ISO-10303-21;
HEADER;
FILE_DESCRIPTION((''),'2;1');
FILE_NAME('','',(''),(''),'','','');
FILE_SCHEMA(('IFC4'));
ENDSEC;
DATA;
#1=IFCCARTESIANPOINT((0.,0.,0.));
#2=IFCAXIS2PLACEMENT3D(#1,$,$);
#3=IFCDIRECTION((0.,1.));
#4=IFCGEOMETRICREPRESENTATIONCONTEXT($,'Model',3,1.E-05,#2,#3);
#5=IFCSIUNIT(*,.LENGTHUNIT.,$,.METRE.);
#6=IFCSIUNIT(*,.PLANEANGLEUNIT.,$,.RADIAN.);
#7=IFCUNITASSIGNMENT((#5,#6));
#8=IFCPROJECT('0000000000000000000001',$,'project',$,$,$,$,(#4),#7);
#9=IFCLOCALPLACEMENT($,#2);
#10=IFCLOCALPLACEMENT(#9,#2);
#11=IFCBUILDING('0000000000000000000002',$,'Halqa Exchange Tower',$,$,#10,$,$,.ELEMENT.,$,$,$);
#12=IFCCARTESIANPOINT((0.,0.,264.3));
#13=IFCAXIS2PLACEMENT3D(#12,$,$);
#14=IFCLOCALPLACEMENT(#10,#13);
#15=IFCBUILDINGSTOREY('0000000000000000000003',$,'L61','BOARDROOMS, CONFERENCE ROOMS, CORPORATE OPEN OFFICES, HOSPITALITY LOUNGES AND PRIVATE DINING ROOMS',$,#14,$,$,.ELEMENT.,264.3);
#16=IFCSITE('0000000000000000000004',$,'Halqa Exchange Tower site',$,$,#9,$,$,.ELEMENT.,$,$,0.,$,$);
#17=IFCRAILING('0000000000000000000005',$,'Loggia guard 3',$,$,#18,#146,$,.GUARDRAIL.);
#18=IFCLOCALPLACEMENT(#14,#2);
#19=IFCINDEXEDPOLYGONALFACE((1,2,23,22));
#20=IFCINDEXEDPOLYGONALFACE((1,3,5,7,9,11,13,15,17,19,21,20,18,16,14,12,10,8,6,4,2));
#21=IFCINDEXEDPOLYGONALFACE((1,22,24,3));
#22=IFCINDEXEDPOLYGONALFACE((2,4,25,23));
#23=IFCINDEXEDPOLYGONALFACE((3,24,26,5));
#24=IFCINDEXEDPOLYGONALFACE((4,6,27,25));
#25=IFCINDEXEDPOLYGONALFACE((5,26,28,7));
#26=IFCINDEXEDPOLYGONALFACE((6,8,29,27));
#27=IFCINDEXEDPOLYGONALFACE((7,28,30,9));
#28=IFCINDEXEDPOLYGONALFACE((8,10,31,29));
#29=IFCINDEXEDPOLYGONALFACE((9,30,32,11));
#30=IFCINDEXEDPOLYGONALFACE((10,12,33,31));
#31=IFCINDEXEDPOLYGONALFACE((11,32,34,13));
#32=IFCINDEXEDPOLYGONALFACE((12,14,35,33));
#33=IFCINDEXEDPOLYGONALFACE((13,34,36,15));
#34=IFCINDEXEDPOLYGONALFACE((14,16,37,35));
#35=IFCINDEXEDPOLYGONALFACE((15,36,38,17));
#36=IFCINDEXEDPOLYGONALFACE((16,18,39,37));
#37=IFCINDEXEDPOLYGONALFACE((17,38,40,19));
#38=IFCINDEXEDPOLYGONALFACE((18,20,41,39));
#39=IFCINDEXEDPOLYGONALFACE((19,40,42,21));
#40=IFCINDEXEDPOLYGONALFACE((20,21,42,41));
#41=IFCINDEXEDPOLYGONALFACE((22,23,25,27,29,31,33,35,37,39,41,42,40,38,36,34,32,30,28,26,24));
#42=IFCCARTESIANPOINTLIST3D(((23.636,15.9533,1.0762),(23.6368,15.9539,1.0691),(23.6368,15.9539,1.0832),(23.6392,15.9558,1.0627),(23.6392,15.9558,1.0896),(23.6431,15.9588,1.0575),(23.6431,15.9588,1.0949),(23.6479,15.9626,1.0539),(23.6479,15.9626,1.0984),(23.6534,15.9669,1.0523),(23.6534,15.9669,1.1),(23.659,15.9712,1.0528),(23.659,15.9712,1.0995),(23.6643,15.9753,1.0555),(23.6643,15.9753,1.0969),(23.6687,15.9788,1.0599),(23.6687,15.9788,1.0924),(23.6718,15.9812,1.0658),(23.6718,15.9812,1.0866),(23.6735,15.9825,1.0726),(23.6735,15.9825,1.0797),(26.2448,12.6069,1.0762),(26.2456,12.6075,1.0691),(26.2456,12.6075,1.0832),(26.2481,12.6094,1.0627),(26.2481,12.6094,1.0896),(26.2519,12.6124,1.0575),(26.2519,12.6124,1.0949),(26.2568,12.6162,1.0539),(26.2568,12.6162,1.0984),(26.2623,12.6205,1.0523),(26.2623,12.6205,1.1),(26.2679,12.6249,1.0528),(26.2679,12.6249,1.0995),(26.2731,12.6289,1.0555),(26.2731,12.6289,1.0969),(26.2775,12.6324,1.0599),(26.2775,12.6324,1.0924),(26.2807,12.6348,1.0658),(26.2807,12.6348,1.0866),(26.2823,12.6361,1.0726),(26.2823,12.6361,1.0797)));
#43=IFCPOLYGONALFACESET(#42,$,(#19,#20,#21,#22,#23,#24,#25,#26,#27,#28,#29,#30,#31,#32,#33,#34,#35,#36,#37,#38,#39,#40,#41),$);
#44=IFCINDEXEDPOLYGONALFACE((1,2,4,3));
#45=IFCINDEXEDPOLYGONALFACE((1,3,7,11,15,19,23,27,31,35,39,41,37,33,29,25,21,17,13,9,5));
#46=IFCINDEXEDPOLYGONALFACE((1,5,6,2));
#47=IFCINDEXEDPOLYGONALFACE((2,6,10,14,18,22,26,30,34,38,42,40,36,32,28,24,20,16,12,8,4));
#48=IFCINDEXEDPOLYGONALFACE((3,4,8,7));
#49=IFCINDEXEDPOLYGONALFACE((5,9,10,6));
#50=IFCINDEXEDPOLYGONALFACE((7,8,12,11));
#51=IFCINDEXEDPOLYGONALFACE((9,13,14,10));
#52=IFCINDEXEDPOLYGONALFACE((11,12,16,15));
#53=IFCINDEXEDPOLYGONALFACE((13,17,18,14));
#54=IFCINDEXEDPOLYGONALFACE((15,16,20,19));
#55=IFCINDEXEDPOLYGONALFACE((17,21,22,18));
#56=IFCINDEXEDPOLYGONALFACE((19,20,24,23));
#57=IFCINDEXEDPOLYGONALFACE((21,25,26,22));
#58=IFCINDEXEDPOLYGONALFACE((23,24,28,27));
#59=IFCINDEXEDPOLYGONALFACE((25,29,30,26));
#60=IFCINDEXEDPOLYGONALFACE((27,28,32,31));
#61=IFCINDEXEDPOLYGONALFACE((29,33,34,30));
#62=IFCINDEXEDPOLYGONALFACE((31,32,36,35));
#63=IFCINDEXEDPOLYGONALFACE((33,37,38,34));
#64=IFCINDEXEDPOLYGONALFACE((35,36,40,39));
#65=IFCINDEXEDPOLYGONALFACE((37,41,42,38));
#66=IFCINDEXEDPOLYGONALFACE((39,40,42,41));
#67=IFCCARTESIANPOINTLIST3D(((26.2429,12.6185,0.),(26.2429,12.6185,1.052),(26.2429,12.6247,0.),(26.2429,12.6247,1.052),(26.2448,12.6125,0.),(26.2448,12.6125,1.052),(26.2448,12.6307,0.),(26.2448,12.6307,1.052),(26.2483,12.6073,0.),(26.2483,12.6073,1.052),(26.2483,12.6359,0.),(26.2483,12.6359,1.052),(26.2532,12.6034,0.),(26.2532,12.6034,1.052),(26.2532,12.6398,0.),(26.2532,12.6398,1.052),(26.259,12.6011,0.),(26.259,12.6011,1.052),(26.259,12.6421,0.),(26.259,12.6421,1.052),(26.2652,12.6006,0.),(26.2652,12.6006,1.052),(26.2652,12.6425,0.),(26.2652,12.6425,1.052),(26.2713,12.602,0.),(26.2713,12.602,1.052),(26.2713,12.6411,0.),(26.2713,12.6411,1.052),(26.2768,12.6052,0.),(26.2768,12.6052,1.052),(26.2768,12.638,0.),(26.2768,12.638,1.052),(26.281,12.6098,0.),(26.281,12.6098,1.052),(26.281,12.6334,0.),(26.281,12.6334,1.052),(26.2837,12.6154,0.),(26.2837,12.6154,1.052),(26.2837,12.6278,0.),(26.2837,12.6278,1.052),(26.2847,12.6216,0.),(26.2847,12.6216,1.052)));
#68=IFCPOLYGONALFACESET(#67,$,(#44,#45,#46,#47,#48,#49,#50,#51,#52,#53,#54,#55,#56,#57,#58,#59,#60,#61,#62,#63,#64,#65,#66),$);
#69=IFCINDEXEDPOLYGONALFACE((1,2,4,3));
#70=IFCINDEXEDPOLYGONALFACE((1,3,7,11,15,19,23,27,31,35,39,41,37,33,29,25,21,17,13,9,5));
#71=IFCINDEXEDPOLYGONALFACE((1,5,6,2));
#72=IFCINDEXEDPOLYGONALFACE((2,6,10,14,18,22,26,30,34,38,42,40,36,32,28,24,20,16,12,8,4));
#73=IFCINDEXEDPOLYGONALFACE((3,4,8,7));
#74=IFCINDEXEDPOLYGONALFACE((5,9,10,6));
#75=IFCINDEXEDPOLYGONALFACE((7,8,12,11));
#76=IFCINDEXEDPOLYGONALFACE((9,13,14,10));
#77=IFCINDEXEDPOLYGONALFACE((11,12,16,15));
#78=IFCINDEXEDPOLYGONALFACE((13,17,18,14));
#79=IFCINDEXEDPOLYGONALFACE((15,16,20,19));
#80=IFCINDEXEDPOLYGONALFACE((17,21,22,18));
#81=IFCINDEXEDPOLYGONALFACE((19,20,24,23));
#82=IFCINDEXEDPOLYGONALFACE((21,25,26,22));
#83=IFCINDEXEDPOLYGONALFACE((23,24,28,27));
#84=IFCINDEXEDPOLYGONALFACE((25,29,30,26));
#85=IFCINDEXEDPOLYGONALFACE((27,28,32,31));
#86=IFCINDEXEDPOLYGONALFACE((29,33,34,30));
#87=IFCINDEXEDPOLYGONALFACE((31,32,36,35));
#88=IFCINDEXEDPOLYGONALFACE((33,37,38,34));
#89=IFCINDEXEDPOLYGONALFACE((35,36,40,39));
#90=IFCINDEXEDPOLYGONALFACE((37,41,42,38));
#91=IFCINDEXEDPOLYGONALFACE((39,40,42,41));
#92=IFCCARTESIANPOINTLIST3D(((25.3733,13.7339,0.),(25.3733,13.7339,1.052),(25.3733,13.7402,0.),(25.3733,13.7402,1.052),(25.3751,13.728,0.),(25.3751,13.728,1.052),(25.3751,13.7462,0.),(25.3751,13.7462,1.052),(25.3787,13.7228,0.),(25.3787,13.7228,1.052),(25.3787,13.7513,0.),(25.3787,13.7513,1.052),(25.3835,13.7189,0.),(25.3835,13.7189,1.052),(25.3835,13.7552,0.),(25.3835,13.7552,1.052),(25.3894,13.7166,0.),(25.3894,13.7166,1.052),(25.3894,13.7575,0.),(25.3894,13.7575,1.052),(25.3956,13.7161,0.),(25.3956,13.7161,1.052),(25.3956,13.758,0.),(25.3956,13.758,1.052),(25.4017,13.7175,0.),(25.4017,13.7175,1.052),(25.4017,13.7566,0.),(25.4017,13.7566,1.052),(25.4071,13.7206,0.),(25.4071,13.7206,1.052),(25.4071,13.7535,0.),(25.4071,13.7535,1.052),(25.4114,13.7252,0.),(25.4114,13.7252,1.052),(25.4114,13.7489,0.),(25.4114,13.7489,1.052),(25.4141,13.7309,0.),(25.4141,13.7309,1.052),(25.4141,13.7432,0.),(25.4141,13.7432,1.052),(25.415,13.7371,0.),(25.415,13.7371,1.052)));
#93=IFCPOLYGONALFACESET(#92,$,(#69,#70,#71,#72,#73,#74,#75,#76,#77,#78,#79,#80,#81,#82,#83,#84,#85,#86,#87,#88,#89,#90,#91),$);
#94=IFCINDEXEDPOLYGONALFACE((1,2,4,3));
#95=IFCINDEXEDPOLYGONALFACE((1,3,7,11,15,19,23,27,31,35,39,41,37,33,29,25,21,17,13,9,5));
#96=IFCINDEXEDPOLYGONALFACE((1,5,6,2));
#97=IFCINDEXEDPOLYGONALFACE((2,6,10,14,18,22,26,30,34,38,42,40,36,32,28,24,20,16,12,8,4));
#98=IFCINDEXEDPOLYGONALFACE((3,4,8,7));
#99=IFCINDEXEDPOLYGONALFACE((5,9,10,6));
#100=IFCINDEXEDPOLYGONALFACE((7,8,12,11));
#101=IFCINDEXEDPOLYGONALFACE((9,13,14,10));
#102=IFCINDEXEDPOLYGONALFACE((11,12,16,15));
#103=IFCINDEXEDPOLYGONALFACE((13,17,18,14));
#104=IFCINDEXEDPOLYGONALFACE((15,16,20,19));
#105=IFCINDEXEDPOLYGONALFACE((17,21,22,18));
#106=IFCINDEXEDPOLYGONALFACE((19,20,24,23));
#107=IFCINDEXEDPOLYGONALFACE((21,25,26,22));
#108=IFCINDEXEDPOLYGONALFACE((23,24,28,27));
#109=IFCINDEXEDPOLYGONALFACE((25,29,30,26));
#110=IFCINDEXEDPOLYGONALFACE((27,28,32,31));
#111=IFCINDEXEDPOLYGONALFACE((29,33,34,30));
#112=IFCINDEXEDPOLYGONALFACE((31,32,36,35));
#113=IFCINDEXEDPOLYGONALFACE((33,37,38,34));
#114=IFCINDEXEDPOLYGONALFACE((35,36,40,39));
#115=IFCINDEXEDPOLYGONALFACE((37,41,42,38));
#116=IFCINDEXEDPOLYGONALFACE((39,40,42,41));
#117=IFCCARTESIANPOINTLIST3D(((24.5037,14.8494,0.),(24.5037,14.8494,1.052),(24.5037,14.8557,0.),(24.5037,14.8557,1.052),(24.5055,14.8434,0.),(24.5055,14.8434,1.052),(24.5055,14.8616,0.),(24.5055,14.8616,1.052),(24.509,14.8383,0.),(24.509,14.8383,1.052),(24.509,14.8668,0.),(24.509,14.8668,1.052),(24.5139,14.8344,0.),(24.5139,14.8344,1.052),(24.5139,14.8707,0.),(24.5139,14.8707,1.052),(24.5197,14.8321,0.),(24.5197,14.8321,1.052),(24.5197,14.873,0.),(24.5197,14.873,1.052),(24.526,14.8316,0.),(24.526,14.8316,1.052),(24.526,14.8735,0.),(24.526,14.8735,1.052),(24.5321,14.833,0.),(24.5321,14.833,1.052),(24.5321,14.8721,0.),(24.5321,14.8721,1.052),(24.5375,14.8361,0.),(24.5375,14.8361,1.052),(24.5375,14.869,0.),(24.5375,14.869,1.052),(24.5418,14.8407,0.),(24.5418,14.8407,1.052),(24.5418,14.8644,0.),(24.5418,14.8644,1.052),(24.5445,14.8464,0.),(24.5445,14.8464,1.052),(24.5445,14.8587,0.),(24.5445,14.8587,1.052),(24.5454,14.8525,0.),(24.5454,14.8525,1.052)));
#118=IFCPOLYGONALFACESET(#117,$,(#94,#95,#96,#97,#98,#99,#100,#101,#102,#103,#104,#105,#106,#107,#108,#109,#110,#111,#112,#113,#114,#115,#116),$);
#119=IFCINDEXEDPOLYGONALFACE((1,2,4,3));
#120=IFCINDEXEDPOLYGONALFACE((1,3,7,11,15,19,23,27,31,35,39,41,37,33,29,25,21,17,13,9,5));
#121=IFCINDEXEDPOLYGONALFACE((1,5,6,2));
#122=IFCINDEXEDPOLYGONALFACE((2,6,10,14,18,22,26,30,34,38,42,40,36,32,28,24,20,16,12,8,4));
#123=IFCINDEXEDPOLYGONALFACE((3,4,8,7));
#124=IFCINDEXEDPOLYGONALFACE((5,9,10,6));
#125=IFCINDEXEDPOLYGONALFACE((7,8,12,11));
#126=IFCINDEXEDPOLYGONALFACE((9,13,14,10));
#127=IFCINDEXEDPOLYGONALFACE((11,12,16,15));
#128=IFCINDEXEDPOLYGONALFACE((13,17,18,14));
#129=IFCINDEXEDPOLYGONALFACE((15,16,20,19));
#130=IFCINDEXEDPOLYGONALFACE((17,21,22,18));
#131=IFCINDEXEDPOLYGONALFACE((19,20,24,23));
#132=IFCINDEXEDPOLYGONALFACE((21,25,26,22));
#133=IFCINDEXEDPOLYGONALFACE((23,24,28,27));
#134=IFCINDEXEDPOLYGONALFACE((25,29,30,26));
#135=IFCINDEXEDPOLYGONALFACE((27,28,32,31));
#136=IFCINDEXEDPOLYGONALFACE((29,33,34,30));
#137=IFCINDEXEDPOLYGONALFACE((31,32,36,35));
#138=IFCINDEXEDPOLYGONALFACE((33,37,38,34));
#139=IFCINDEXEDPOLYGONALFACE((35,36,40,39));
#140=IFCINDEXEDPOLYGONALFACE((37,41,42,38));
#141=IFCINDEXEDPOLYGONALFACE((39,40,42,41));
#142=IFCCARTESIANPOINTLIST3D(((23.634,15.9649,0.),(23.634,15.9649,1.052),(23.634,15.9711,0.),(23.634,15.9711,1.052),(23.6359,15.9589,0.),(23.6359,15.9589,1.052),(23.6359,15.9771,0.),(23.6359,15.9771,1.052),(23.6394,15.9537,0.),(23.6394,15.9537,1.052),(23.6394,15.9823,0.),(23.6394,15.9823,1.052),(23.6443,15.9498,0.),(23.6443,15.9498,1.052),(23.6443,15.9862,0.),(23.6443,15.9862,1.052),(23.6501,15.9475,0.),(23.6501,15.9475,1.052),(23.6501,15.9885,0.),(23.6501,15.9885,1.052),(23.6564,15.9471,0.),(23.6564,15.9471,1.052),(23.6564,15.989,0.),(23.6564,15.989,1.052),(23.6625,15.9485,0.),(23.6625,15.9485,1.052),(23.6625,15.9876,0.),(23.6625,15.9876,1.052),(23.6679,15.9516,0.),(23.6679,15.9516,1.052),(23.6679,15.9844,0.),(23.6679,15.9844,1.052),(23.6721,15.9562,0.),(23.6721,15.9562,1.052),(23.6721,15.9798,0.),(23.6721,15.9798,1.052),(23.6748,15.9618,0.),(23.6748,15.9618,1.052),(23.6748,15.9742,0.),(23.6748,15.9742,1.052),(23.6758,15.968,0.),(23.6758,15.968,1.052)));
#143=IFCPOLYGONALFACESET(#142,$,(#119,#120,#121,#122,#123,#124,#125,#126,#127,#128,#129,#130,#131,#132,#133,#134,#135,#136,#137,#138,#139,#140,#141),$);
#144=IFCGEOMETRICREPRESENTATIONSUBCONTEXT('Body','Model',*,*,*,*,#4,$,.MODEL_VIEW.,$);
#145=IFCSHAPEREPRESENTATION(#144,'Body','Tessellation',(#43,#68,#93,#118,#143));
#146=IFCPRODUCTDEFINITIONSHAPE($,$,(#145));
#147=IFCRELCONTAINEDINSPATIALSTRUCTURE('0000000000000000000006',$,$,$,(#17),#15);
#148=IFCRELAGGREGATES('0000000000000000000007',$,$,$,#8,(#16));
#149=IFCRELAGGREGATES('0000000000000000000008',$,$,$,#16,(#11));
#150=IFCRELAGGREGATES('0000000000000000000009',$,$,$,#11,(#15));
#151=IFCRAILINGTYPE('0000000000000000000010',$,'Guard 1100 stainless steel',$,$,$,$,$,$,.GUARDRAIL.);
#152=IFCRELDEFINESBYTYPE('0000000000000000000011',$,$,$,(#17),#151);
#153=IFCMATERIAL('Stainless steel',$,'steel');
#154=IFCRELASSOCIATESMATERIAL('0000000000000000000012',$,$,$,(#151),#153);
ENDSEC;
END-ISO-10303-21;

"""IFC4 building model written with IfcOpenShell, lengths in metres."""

from ifc_helpers import new_model, si_unit, direction, frame, origin, origin_2d, place, context, subcontext, project, spatial, circle, extrude, material, type_object, element, save


model = new_model("IFC4")

# Units and contexts
model_context = context("Model", 3, precision=1e-05, world=origin(), true_north=direction((0.0, 1.0)))
body_context = subcontext(model_context, "Body", "Model", "MODEL_VIEW")
ifc_project = project(units=[si_unit("LENGTHUNIT", "METRE"), si_unit("PLANEANGLEUNIT", "RADIAN")], contexts=[model_context])

# Site, building, storey
site_placement = place(None, origin())
site = spatial("IfcSite", under=ifc_project, at=site_placement, Name="Halqa Exchange Tower site", CompositionType="ELEMENT", RefElevation=0.0)
building_placement = place(site_placement, origin())
building = spatial("IfcBuilding", under=site, at=building_placement, Name="Halqa Exchange Tower", CompositionType="ELEMENT")
storey_placement = place(building_placement, frame((0.0, 0.0, 264.3)))
storey = spatial("IfcBuildingStorey", under=building, at=storey_placement, Name="L61", Description="BOARDROOMS, CONFERENCE ROOMS, CORPORATE OPEN OFFICES, HOSPITALITY LOUNGES AND PRIVATE DINING ROOMS", CompositionType="ELEMENT", Elevation=264.3)

# Railing
ifc_material_1 = material(Name="Stainless steel", Category="steel")
railing_type = type_object("IfcRailingType", Name="Guard 1100 stainless steel", PredefinedType="GUARDRAIL", material=ifc_material_1)
railing_1_placement = place(storey_placement, frame((26.2637, 12.6216, 0.0)))
element("IfcRailing", 1, at=railing_1_placement, inside=storey, type_object=railing_type, Name="Loggia guard 3", PredefinedType="GUARDRAIL", context=body_context, shape_type="SweptSolid", body=[
    extrude(circle(Radius=0.0239, at=origin_2d()), frame((0.0, 0.0, 1.0762), z_axis=(-0.614836, 0.788655, 0.0), x_axis=(-0.788655, -0.614836, 0.0)), (0.0, 0.0, 1.0), 4.2432),
    extrude(circle(Radius=0.021, at=origin_2d()), origin(), (0.0, 0.0, 1.0), 1.052),
    extrude(circle(Radius=0.021, at=origin_2d()), frame((-0.8696, 1.1155, 0.0)), (0.0, 0.0, 1.0), 1.052),
    extrude(circle(Radius=0.021, at=origin_2d()), frame((-1.7393, 2.231, 0.0)), (0.0, 0.0, 1.0), 1.052),
    extrude(circle(Radius=0.021, at=origin_2d()), frame((-2.6089, 3.3464, 0.0)), (0.0, 0.0, 1.0), 1.052),
])

save(model, "model.ifc")
